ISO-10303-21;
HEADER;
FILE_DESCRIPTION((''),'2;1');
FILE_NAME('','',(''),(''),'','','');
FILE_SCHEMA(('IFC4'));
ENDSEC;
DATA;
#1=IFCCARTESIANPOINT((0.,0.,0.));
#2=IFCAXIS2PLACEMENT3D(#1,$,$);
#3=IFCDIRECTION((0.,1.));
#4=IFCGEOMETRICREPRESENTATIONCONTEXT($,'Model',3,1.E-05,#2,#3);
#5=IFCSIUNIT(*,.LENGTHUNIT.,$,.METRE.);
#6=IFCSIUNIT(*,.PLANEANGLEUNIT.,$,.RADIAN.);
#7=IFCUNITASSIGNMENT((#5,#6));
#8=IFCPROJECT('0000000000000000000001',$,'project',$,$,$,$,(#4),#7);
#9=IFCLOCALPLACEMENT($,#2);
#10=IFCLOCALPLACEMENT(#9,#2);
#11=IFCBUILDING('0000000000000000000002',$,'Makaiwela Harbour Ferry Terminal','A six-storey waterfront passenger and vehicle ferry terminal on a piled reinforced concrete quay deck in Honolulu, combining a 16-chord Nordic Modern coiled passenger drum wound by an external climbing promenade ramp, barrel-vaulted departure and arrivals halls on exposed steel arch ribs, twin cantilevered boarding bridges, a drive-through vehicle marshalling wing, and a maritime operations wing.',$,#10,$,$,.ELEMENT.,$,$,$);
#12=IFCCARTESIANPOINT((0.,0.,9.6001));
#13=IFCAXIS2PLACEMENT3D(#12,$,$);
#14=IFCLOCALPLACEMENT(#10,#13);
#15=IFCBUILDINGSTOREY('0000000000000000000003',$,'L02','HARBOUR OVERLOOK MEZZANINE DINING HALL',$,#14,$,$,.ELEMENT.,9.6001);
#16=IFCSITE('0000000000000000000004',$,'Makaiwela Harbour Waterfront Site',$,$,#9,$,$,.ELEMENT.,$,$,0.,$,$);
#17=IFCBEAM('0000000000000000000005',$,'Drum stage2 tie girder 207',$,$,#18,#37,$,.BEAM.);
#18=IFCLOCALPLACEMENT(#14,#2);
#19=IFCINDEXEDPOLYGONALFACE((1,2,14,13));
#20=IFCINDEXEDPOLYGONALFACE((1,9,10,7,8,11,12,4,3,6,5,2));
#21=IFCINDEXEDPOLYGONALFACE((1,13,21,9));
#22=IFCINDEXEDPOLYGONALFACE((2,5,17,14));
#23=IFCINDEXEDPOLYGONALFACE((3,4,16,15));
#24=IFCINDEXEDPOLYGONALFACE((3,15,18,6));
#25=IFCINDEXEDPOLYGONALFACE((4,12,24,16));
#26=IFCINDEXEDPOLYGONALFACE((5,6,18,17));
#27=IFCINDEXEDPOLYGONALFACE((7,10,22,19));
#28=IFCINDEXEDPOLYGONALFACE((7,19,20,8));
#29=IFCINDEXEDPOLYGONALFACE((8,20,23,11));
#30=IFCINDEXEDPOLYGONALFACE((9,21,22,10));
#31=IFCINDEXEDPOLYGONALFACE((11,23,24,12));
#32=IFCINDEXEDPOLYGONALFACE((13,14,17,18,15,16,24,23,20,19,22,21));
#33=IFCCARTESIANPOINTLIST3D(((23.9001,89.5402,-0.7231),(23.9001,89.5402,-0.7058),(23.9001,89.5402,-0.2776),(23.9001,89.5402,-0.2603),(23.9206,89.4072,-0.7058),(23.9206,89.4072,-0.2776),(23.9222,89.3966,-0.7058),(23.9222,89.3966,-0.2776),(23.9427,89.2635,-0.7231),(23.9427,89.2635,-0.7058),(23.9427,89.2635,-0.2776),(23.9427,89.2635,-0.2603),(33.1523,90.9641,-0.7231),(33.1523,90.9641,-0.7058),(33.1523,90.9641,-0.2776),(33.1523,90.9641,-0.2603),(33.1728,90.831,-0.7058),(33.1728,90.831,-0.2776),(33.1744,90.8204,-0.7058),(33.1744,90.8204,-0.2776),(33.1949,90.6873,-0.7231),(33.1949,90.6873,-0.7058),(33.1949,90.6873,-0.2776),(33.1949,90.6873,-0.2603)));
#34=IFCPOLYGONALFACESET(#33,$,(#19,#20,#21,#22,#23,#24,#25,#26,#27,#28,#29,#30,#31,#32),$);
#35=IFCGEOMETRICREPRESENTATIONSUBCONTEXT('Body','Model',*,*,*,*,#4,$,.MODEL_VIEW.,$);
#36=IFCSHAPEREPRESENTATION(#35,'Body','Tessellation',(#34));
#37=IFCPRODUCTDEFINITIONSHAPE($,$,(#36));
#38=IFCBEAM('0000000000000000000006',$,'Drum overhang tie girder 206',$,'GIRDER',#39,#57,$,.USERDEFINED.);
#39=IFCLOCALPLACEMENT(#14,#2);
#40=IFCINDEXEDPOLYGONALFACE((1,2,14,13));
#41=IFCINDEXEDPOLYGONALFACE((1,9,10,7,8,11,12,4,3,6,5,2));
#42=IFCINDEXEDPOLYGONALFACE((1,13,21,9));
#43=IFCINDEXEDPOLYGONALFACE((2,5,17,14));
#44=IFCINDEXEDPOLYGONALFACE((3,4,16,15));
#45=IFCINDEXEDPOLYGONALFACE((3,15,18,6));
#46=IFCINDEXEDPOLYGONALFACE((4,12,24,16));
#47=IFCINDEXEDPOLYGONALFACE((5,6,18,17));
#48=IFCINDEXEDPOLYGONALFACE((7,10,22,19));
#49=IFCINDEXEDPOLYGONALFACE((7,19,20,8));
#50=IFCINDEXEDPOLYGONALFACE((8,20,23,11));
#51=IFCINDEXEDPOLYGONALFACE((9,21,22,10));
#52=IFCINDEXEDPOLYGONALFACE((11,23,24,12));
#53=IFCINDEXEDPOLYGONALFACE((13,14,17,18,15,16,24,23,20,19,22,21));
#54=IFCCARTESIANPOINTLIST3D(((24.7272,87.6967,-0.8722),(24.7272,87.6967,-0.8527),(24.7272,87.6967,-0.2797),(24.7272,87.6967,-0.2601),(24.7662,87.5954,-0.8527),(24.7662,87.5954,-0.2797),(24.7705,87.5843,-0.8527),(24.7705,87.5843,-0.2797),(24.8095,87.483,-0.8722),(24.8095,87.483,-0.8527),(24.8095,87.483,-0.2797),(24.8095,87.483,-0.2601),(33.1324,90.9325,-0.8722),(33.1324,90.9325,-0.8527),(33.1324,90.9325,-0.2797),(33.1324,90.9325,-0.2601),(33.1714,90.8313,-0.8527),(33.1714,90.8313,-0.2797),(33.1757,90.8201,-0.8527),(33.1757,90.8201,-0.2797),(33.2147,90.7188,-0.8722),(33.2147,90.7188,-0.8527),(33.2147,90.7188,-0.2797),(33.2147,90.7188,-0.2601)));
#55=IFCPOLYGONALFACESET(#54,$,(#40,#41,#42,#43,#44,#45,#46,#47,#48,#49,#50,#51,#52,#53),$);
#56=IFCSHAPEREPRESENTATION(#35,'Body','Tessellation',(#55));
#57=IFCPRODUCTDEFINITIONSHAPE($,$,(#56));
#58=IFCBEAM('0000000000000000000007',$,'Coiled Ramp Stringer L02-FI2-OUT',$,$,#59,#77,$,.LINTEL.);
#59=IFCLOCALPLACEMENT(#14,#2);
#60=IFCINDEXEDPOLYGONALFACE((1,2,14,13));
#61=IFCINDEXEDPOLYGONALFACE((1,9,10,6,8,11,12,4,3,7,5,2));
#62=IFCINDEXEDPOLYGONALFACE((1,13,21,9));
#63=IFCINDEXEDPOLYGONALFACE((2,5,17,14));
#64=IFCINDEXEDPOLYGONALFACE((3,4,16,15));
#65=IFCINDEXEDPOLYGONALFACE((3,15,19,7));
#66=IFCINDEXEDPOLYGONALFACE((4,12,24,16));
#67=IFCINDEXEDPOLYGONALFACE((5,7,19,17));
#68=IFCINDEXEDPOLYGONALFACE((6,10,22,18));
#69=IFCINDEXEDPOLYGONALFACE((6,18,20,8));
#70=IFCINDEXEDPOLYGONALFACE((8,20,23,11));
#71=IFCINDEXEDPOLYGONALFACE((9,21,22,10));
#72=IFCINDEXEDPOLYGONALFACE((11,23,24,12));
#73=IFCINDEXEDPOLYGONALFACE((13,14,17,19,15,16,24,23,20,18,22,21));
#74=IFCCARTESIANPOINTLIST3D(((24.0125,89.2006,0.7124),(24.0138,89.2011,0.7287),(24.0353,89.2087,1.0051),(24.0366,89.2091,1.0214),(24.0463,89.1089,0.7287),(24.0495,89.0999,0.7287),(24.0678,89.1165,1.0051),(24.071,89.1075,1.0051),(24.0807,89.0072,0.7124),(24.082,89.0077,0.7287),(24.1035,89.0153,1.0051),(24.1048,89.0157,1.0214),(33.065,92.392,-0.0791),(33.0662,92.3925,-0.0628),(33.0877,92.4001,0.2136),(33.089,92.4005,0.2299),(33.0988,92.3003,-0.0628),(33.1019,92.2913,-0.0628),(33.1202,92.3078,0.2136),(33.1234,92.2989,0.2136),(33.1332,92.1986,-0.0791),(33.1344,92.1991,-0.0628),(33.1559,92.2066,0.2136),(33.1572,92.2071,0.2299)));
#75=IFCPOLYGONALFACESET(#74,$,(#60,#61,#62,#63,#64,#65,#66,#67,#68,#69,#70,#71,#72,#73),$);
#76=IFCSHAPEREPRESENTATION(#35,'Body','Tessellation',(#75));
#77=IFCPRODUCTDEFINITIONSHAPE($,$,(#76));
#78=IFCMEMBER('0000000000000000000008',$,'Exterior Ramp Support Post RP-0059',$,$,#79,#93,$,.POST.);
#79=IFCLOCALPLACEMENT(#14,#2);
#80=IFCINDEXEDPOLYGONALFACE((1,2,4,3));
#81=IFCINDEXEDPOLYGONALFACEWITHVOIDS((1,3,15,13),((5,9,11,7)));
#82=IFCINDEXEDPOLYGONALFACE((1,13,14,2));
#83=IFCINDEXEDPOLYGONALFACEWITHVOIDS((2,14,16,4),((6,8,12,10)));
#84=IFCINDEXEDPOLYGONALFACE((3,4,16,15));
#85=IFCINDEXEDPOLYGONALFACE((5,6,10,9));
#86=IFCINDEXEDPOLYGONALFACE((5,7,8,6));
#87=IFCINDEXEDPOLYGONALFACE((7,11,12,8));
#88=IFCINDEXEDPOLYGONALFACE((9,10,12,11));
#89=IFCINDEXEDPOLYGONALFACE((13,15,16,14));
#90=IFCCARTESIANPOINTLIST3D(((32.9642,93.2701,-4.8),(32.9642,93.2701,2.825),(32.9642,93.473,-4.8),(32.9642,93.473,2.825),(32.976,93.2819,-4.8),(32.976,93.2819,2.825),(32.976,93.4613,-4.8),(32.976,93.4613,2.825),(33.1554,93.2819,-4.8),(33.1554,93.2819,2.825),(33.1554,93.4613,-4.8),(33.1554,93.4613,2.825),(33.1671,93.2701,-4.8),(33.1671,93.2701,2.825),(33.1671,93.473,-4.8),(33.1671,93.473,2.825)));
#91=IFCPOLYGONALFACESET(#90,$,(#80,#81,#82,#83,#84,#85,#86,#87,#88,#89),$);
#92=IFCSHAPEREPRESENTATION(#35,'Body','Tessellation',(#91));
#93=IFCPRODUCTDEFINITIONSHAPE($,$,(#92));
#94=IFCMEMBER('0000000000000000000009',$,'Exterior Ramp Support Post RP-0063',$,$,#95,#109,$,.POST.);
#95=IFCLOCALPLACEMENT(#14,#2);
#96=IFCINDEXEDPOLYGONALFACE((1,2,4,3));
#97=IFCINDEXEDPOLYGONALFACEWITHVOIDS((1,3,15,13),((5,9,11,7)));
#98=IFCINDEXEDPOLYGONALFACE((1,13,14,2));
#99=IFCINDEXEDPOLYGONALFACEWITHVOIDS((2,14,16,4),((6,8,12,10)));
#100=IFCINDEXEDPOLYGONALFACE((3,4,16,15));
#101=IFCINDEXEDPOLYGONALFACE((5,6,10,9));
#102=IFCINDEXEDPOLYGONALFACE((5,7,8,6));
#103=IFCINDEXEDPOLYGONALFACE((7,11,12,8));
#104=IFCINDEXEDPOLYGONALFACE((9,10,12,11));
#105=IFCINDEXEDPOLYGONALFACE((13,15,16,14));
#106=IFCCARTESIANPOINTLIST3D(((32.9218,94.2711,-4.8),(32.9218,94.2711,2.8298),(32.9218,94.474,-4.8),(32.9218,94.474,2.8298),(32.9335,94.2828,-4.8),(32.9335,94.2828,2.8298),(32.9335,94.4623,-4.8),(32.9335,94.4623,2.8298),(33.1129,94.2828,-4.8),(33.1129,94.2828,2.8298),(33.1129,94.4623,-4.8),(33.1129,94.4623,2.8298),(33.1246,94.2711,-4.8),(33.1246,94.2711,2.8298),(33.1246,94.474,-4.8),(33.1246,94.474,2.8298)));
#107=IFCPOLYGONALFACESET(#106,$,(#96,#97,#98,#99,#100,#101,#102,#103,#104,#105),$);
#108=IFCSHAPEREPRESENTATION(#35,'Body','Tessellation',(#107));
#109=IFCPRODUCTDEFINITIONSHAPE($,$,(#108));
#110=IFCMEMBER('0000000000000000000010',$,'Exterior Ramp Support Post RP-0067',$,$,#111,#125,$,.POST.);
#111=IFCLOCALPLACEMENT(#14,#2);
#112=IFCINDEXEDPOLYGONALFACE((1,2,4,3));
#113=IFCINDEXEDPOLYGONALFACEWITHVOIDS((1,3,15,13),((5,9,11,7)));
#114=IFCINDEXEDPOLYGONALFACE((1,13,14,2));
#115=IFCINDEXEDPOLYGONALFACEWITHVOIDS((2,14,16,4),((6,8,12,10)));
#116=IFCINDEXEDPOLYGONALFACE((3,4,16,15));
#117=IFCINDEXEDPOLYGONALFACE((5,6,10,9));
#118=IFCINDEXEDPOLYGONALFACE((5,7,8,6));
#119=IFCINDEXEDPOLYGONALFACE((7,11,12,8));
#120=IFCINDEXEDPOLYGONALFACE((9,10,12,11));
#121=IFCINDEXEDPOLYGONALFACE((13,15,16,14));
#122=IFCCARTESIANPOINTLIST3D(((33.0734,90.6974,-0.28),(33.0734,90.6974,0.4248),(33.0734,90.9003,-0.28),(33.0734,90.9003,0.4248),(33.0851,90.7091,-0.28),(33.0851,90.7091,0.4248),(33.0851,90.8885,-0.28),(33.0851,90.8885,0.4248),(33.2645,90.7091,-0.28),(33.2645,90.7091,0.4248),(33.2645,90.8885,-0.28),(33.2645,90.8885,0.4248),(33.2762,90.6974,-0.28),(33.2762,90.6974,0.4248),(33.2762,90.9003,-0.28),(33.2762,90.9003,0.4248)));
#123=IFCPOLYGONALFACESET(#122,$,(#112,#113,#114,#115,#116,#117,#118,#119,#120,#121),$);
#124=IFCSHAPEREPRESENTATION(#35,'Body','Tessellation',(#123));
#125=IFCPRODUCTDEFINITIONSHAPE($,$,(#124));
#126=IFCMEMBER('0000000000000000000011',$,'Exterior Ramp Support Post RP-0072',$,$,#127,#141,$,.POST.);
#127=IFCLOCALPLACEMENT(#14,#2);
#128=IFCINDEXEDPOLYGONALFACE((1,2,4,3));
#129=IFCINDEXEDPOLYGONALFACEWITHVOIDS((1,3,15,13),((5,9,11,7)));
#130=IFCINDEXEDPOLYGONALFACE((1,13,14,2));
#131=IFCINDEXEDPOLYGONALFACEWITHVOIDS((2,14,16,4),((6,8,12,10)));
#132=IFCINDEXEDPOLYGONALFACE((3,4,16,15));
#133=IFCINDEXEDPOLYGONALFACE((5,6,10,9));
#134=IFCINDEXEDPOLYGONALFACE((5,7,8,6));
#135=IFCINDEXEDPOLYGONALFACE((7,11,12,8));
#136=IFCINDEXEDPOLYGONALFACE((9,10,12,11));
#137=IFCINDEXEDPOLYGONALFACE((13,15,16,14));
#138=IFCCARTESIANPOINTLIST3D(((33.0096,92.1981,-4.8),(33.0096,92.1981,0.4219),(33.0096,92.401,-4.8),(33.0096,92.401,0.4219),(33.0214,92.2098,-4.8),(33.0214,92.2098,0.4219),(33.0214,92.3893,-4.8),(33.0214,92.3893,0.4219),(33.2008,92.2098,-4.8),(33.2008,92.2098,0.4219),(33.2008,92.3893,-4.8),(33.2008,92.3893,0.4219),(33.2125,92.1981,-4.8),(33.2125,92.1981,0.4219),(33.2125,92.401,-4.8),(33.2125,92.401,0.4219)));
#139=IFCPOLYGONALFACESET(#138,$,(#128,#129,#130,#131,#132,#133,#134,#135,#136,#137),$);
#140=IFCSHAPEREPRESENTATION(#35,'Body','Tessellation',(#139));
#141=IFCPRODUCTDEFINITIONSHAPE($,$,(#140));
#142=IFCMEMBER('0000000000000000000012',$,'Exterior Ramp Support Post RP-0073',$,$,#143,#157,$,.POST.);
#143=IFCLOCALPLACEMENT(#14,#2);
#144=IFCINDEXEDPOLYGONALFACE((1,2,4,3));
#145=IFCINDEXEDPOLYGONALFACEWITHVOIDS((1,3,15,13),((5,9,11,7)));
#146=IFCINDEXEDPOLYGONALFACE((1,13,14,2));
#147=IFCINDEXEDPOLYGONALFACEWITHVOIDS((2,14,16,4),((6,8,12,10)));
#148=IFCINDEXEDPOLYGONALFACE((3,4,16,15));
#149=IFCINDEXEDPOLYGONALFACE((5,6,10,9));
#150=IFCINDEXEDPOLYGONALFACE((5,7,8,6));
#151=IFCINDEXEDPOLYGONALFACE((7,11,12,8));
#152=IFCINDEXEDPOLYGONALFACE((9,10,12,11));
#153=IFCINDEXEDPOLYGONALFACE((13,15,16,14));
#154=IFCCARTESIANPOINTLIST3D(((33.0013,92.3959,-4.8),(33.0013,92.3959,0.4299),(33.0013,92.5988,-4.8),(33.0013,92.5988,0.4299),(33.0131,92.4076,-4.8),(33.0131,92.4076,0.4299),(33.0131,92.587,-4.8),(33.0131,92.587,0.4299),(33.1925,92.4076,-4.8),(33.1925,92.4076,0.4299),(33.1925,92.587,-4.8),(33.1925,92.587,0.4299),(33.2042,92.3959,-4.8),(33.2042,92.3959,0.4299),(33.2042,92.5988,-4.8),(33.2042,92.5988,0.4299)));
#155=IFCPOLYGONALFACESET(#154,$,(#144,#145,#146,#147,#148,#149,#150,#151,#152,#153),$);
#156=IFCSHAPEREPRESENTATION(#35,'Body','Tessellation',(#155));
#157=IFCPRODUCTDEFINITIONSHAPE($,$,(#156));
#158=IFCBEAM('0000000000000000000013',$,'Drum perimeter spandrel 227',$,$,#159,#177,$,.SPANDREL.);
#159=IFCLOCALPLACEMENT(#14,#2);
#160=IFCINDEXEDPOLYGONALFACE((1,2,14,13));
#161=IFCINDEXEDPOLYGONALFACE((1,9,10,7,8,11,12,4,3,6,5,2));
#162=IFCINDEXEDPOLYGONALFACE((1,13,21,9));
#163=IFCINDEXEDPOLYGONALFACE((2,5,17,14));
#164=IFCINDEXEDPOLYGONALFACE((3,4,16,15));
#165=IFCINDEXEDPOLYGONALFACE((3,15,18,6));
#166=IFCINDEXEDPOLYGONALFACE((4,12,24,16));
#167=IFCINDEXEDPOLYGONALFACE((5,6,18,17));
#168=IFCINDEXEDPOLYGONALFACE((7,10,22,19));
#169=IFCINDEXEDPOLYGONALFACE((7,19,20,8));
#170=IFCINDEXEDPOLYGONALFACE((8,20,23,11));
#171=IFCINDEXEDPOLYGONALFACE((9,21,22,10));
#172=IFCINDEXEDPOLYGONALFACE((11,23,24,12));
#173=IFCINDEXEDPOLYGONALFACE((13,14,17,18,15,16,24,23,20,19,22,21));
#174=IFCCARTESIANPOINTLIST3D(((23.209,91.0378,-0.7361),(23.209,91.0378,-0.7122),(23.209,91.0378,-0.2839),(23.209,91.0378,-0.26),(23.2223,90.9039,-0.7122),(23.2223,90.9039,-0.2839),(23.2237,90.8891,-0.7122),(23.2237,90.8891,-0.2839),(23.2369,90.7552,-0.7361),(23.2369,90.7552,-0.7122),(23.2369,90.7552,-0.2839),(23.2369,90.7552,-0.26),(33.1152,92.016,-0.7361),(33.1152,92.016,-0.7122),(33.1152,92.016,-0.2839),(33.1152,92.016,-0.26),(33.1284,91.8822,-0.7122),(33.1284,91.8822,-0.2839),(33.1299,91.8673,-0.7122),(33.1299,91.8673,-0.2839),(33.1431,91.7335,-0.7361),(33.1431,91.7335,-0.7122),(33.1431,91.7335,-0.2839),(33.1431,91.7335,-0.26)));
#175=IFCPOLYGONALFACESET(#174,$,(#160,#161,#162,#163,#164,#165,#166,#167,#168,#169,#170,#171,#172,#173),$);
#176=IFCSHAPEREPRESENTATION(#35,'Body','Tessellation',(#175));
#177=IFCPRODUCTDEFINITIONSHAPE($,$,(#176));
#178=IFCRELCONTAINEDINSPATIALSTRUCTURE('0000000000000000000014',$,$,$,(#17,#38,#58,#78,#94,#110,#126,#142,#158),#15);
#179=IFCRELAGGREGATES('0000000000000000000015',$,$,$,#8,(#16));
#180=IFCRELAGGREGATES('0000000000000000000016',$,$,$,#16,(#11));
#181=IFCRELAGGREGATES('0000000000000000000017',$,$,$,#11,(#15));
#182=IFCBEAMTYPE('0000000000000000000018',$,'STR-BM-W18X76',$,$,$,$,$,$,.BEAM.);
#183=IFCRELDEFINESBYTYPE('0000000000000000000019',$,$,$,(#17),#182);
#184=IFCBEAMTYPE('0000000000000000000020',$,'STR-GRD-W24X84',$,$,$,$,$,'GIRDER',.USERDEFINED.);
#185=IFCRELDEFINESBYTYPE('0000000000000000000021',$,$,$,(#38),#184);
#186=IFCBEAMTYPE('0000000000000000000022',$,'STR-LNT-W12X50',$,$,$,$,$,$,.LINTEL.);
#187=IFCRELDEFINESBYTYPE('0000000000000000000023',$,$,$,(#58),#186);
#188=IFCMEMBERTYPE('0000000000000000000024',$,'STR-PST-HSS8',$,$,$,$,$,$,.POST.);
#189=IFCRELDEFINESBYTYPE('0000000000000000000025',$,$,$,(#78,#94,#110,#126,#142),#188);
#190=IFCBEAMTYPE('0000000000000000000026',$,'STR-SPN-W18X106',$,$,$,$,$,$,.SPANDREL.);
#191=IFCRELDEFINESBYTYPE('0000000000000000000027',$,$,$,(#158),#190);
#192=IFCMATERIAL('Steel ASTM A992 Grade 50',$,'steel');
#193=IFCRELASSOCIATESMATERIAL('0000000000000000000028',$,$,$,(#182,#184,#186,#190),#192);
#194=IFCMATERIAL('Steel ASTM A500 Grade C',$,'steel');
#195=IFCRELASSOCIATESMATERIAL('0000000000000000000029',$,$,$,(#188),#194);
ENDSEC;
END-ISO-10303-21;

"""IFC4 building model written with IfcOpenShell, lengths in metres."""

from ifc_helpers import new_model, si_unit, direction, frame, origin, origin_2d, place, context, subcontext, project, spatial, hollow_rectangle, i_section, extrude, material, material_profile, profile_set, type_object, element, save


model = new_model("IFC4")

# Units and contexts
model_context = context("Model", 3, precision=1e-05, world=origin(), true_north=direction((0.0, 1.0)))
body_context = subcontext(model_context, "Body", "Model", "MODEL_VIEW")
ifc_project = project(units=[si_unit("LENGTHUNIT", "METRE"), si_unit("PLANEANGLEUNIT", "RADIAN")], contexts=[model_context])

# Site, building, storey
site_placement = place(None, origin())
site = spatial("IfcSite", under=ifc_project, at=site_placement, Name="Makaiwela Harbour Waterfront Site", CompositionType="ELEMENT", RefElevation=0.0)
building_placement = place(site_placement, origin())
building = spatial("IfcBuilding", under=site, at=building_placement, Name="Makaiwela Harbour Ferry Terminal", Description="A six-storey waterfront passenger and vehicle ferry terminal on a piled reinforced concrete quay deck in Honolulu, combining a 16-chord Nordic Modern coiled passenger drum wound by an external climbing promenade ramp, barrel-vaulted departure and arrivals halls on exposed steel arch ribs, twin cantilevered boarding bridges, a drive-through vehicle marshalling wing, and a maritime operations wing.", CompositionType="ELEMENT")
storey_placement = place(building_placement, frame((0.0, 0.0, 9.6001)))
storey = spatial("IfcBuildingStorey", under=building, at=storey_placement, Name="L02", Description="HARBOUR OVERLOOK MEZZANINE DINING HALL", CompositionType="ELEMENT", Elevation=9.6001)

# Beams
ifc_material_1 = material(Name="Steel ASTM A992 Grade 50", Category="steel")
ifc_material_profile_1 = material_profile(ifc_material_1, i_section(OverallWidth=0.28, OverallDepth=0.4629, WebThickness=0.0107, FlangeThickness=0.0173, at=origin_2d()), Name="W18X76")
ifc_profile_set_1 = profile_set([ifc_material_profile_1], Name="Steel ASTM A992 Grade 50")
beam_type_1 = type_object("IfcBeamType", Name="STR-BM-W18X76", PredefinedType="BEAM", material=ifc_profile_set_1)
beam_1_placement = place(storey_placement, frame((33.1736, 90.8257, -0.4917), z_axis=(-0.988365, -0.1521, 0.0), x_axis=(0.1521, -0.988365, 0.0)))
element("IfcBeam", 1, at=beam_1_placement, inside=storey, type_object=beam_type_1, Name="Drum stage2 tie girder 207", PredefinedType="BEAM", context=body_context, shape_type="SweptSolid", body=[
    extrude(i_section(OverallWidth=0.28, OverallDepth=0.4629, WebThickness=0.0107, FlangeThickness=0.0173, at=origin_2d()), origin(), (0.0, 0.0, 1.0), 9.3611),
])
ifc_material_profile_2 = material_profile(ifc_material_1, i_section(OverallWidth=0.229, OverallDepth=0.6121, WebThickness=0.012, FlangeThickness=0.0195, at=origin_2d()), Name="W24X84")
ifc_profile_set_2 = profile_set([ifc_material_profile_2], Name="Steel ASTM A992 Grade 50")
beam_type_2 = type_object("IfcBeamType", Name="STR-GRD-W24X84", ElementType="GIRDER", PredefinedType="USERDEFINED", material=ifc_profile_set_2)
beam_2_placement = place(storey_placement, frame((33.1736, 90.8257, -0.5662), z_axis=(-0.933232, -0.359273, 0.0), x_axis=(0.359273, -0.933232, 0.0)))
element("IfcBeam", 2, at=beam_2_placement, inside=storey, type_object=beam_type_2, Name="Drum overhang tie girder 206", ObjectType="GIRDER", PredefinedType="USERDEFINED", context=body_context, shape_type="SweptSolid", body=[
    extrude(i_section(OverallWidth=0.229, OverallDepth=0.6121, WebThickness=0.012, FlangeThickness=0.0195, at=origin_2d()), origin(), (0.0, 0.0, 1.0), 9.0066),
])
ifc_material_profile_3 = material_profile(ifc_material_1, i_section(OverallWidth=0.2051, OverallDepth=0.3101, WebThickness=0.0095, FlangeThickness=0.0164, at=origin_2d()), Name="W12X50")
ifc_profile_set_3 = profile_set([ifc_material_profile_3], Name="Steel ASTM A992 Grade 50")
beam_type_3 = type_object("IfcBeamType", Name="STR-LNT-W12X50", PredefinedType="LINTEL", material=ifc_profile_set_3)
beam_3_placement = place(storey_placement, frame((33.1111, 92.2996, 0.0754), z_axis=(-0.939917, -0.331363, 0.082182), x_axis=(0.332487, -0.943108, 0.0)))
element("IfcBeam", 3, at=beam_3_placement, inside=storey, type_object=beam_type_3, Name="Coiled Ramp Stringer L02-FI2-OUT", PredefinedType="LINTEL", context=body_context, shape_type="SweptSolid", body=[
    extrude(i_section(OverallWidth=0.2051, OverallDepth=0.3101, WebThickness=0.0095, FlangeThickness=0.0164, at=origin_2d()), origin(), (0.0, 0.0, 1.0), 9.6311),
])

# Members
ifc_material_2 = material(Name="Steel ASTM A500 Grade C", Category="steel")
ifc_material_profile_4 = material_profile(ifc_material_2, hollow_rectangle(XDim=0.2029, YDim=0.2029, WallThickness=0.0117, at=origin_2d()), Name="HSS8X8X1/2")
ifc_profile_set_4 = profile_set([ifc_material_profile_4], Name="Steel ASTM A500 Grade C")
member_type = type_object("IfcMemberType", Name="STR-PST-HSS8", PredefinedType="POST", material=ifc_profile_set_4)
member_1_placement = place(storey_placement, frame((33.0657, 93.3716, -4.8), z_axis=(0.0, 0.0, 1.0), x_axis=(1.0, 0.0, 0.0)))
element("IfcMember", 4, at=member_1_placement, inside=storey, type_object=member_type, Name="Exterior Ramp Support Post RP-0059", PredefinedType="POST", context=body_context, shape_type="SweptSolid", body=[
    extrude(hollow_rectangle(XDim=0.2029, YDim=0.2029, WallThickness=0.0117, at=origin_2d()), origin(), (0.0, 0.0, 1.0), 7.625),
])
member_2_placement = place(storey_placement, frame((33.0232, 94.3726, -4.8), z_axis=(0.0, 0.0, 1.0), x_axis=(1.0, 0.0, 0.0)))
element("IfcMember", 5, at=member_2_placement, inside=storey, type_object=member_type, Name="Exterior Ramp Support Post RP-0063", PredefinedType="POST", context=body_context, shape_type="SweptSolid", body=[
    extrude(hollow_rectangle(XDim=0.2029, YDim=0.2029, WallThickness=0.0117, at=origin_2d()), origin(), (0.0, 0.0, 1.0), 7.6299),
])
member_3_placement = place(storey_placement, frame((33.1748, 90.7988, -0.28), z_axis=(0.0, 0.0, 1.0), x_axis=(1.0, 0.0, 0.0)))
element("IfcMember", 6, at=member_3_placement, inside=storey, type_object=member_type, Name="Exterior Ramp Support Post RP-0067", PredefinedType="POST", context=body_context, shape_type="SweptSolid", body=[
    extrude(hollow_rectangle(XDim=0.2029, YDim=0.2029, WallThickness=0.0117, at=origin_2d()), origin(), (0.0, 0.0, 1.0), 0.7048),
])
member_4_placement = place(storey_placement, frame((33.1111, 92.2996, -4.8), z_axis=(0.0, 0.0, 1.0), x_axis=(1.0, 0.0, 0.0)))
element("IfcMember", 7, at=member_4_placement, inside=storey, type_object=member_type, Name="Exterior Ramp Support Post RP-0072", PredefinedType="POST", context=body_context, shape_type="SweptSolid", body=[
    extrude(hollow_rectangle(XDim=0.2029, YDim=0.2029, WallThickness=0.0117, at=origin_2d()), origin(), (0.0, 0.0, 1.0), 5.2219),
])
member_5_placement = place(storey_placement, frame((33.1028, 92.4973, -4.8), z_axis=(0.0, 0.0, 1.0), x_axis=(1.0, 0.0, 0.0)))
element("IfcMember", 8, at=member_5_placement, inside=storey, type_object=member_type, Name="Exterior Ramp Support Post RP-0073", PredefinedType="POST", context=body_context, shape_type="SweptSolid", body=[
    extrude(hollow_rectangle(XDim=0.2029, YDim=0.2029, WallThickness=0.0117, at=origin_2d()), origin(), (0.0, 0.0, 1.0), 5.23),
])

# Beam
ifc_material_profile_5 = material_profile(ifc_material_1, i_section(OverallWidth=0.2839, OverallDepth=0.4761, WebThickness=0.0149, FlangeThickness=0.0239, at=origin_2d()), Name="W18X106")
ifc_profile_set_5 = profile_set([ifc_material_profile_5], Name="Steel ASTM A992 Grade 50")
beam_type_4 = type_object("IfcBeamType", Name="STR-SPN-W18X106", PredefinedType="SPANDREL", material=ifc_profile_set_5)
beam_4_placement = place(storey_placement, frame((33.1292, 91.8748, -0.498), z_axis=(-0.995159, -0.098275, 0.0), x_axis=(0.098275, -0.995159, 0.0)))
element("IfcBeam", 9, at=beam_4_placement, inside=storey, type_object=beam_type_4, Name="Drum perimeter spandrel 227", PredefinedType="SPANDREL", context=body_context, shape_type="SweptSolid", body=[
    extrude(i_section(OverallWidth=0.2839, OverallDepth=0.4761, WebThickness=0.0149, FlangeThickness=0.0239, at=origin_2d()), origin(), (0.0, 0.0, 1.0), 9.9543),
])

save(model, "model.ifc")
